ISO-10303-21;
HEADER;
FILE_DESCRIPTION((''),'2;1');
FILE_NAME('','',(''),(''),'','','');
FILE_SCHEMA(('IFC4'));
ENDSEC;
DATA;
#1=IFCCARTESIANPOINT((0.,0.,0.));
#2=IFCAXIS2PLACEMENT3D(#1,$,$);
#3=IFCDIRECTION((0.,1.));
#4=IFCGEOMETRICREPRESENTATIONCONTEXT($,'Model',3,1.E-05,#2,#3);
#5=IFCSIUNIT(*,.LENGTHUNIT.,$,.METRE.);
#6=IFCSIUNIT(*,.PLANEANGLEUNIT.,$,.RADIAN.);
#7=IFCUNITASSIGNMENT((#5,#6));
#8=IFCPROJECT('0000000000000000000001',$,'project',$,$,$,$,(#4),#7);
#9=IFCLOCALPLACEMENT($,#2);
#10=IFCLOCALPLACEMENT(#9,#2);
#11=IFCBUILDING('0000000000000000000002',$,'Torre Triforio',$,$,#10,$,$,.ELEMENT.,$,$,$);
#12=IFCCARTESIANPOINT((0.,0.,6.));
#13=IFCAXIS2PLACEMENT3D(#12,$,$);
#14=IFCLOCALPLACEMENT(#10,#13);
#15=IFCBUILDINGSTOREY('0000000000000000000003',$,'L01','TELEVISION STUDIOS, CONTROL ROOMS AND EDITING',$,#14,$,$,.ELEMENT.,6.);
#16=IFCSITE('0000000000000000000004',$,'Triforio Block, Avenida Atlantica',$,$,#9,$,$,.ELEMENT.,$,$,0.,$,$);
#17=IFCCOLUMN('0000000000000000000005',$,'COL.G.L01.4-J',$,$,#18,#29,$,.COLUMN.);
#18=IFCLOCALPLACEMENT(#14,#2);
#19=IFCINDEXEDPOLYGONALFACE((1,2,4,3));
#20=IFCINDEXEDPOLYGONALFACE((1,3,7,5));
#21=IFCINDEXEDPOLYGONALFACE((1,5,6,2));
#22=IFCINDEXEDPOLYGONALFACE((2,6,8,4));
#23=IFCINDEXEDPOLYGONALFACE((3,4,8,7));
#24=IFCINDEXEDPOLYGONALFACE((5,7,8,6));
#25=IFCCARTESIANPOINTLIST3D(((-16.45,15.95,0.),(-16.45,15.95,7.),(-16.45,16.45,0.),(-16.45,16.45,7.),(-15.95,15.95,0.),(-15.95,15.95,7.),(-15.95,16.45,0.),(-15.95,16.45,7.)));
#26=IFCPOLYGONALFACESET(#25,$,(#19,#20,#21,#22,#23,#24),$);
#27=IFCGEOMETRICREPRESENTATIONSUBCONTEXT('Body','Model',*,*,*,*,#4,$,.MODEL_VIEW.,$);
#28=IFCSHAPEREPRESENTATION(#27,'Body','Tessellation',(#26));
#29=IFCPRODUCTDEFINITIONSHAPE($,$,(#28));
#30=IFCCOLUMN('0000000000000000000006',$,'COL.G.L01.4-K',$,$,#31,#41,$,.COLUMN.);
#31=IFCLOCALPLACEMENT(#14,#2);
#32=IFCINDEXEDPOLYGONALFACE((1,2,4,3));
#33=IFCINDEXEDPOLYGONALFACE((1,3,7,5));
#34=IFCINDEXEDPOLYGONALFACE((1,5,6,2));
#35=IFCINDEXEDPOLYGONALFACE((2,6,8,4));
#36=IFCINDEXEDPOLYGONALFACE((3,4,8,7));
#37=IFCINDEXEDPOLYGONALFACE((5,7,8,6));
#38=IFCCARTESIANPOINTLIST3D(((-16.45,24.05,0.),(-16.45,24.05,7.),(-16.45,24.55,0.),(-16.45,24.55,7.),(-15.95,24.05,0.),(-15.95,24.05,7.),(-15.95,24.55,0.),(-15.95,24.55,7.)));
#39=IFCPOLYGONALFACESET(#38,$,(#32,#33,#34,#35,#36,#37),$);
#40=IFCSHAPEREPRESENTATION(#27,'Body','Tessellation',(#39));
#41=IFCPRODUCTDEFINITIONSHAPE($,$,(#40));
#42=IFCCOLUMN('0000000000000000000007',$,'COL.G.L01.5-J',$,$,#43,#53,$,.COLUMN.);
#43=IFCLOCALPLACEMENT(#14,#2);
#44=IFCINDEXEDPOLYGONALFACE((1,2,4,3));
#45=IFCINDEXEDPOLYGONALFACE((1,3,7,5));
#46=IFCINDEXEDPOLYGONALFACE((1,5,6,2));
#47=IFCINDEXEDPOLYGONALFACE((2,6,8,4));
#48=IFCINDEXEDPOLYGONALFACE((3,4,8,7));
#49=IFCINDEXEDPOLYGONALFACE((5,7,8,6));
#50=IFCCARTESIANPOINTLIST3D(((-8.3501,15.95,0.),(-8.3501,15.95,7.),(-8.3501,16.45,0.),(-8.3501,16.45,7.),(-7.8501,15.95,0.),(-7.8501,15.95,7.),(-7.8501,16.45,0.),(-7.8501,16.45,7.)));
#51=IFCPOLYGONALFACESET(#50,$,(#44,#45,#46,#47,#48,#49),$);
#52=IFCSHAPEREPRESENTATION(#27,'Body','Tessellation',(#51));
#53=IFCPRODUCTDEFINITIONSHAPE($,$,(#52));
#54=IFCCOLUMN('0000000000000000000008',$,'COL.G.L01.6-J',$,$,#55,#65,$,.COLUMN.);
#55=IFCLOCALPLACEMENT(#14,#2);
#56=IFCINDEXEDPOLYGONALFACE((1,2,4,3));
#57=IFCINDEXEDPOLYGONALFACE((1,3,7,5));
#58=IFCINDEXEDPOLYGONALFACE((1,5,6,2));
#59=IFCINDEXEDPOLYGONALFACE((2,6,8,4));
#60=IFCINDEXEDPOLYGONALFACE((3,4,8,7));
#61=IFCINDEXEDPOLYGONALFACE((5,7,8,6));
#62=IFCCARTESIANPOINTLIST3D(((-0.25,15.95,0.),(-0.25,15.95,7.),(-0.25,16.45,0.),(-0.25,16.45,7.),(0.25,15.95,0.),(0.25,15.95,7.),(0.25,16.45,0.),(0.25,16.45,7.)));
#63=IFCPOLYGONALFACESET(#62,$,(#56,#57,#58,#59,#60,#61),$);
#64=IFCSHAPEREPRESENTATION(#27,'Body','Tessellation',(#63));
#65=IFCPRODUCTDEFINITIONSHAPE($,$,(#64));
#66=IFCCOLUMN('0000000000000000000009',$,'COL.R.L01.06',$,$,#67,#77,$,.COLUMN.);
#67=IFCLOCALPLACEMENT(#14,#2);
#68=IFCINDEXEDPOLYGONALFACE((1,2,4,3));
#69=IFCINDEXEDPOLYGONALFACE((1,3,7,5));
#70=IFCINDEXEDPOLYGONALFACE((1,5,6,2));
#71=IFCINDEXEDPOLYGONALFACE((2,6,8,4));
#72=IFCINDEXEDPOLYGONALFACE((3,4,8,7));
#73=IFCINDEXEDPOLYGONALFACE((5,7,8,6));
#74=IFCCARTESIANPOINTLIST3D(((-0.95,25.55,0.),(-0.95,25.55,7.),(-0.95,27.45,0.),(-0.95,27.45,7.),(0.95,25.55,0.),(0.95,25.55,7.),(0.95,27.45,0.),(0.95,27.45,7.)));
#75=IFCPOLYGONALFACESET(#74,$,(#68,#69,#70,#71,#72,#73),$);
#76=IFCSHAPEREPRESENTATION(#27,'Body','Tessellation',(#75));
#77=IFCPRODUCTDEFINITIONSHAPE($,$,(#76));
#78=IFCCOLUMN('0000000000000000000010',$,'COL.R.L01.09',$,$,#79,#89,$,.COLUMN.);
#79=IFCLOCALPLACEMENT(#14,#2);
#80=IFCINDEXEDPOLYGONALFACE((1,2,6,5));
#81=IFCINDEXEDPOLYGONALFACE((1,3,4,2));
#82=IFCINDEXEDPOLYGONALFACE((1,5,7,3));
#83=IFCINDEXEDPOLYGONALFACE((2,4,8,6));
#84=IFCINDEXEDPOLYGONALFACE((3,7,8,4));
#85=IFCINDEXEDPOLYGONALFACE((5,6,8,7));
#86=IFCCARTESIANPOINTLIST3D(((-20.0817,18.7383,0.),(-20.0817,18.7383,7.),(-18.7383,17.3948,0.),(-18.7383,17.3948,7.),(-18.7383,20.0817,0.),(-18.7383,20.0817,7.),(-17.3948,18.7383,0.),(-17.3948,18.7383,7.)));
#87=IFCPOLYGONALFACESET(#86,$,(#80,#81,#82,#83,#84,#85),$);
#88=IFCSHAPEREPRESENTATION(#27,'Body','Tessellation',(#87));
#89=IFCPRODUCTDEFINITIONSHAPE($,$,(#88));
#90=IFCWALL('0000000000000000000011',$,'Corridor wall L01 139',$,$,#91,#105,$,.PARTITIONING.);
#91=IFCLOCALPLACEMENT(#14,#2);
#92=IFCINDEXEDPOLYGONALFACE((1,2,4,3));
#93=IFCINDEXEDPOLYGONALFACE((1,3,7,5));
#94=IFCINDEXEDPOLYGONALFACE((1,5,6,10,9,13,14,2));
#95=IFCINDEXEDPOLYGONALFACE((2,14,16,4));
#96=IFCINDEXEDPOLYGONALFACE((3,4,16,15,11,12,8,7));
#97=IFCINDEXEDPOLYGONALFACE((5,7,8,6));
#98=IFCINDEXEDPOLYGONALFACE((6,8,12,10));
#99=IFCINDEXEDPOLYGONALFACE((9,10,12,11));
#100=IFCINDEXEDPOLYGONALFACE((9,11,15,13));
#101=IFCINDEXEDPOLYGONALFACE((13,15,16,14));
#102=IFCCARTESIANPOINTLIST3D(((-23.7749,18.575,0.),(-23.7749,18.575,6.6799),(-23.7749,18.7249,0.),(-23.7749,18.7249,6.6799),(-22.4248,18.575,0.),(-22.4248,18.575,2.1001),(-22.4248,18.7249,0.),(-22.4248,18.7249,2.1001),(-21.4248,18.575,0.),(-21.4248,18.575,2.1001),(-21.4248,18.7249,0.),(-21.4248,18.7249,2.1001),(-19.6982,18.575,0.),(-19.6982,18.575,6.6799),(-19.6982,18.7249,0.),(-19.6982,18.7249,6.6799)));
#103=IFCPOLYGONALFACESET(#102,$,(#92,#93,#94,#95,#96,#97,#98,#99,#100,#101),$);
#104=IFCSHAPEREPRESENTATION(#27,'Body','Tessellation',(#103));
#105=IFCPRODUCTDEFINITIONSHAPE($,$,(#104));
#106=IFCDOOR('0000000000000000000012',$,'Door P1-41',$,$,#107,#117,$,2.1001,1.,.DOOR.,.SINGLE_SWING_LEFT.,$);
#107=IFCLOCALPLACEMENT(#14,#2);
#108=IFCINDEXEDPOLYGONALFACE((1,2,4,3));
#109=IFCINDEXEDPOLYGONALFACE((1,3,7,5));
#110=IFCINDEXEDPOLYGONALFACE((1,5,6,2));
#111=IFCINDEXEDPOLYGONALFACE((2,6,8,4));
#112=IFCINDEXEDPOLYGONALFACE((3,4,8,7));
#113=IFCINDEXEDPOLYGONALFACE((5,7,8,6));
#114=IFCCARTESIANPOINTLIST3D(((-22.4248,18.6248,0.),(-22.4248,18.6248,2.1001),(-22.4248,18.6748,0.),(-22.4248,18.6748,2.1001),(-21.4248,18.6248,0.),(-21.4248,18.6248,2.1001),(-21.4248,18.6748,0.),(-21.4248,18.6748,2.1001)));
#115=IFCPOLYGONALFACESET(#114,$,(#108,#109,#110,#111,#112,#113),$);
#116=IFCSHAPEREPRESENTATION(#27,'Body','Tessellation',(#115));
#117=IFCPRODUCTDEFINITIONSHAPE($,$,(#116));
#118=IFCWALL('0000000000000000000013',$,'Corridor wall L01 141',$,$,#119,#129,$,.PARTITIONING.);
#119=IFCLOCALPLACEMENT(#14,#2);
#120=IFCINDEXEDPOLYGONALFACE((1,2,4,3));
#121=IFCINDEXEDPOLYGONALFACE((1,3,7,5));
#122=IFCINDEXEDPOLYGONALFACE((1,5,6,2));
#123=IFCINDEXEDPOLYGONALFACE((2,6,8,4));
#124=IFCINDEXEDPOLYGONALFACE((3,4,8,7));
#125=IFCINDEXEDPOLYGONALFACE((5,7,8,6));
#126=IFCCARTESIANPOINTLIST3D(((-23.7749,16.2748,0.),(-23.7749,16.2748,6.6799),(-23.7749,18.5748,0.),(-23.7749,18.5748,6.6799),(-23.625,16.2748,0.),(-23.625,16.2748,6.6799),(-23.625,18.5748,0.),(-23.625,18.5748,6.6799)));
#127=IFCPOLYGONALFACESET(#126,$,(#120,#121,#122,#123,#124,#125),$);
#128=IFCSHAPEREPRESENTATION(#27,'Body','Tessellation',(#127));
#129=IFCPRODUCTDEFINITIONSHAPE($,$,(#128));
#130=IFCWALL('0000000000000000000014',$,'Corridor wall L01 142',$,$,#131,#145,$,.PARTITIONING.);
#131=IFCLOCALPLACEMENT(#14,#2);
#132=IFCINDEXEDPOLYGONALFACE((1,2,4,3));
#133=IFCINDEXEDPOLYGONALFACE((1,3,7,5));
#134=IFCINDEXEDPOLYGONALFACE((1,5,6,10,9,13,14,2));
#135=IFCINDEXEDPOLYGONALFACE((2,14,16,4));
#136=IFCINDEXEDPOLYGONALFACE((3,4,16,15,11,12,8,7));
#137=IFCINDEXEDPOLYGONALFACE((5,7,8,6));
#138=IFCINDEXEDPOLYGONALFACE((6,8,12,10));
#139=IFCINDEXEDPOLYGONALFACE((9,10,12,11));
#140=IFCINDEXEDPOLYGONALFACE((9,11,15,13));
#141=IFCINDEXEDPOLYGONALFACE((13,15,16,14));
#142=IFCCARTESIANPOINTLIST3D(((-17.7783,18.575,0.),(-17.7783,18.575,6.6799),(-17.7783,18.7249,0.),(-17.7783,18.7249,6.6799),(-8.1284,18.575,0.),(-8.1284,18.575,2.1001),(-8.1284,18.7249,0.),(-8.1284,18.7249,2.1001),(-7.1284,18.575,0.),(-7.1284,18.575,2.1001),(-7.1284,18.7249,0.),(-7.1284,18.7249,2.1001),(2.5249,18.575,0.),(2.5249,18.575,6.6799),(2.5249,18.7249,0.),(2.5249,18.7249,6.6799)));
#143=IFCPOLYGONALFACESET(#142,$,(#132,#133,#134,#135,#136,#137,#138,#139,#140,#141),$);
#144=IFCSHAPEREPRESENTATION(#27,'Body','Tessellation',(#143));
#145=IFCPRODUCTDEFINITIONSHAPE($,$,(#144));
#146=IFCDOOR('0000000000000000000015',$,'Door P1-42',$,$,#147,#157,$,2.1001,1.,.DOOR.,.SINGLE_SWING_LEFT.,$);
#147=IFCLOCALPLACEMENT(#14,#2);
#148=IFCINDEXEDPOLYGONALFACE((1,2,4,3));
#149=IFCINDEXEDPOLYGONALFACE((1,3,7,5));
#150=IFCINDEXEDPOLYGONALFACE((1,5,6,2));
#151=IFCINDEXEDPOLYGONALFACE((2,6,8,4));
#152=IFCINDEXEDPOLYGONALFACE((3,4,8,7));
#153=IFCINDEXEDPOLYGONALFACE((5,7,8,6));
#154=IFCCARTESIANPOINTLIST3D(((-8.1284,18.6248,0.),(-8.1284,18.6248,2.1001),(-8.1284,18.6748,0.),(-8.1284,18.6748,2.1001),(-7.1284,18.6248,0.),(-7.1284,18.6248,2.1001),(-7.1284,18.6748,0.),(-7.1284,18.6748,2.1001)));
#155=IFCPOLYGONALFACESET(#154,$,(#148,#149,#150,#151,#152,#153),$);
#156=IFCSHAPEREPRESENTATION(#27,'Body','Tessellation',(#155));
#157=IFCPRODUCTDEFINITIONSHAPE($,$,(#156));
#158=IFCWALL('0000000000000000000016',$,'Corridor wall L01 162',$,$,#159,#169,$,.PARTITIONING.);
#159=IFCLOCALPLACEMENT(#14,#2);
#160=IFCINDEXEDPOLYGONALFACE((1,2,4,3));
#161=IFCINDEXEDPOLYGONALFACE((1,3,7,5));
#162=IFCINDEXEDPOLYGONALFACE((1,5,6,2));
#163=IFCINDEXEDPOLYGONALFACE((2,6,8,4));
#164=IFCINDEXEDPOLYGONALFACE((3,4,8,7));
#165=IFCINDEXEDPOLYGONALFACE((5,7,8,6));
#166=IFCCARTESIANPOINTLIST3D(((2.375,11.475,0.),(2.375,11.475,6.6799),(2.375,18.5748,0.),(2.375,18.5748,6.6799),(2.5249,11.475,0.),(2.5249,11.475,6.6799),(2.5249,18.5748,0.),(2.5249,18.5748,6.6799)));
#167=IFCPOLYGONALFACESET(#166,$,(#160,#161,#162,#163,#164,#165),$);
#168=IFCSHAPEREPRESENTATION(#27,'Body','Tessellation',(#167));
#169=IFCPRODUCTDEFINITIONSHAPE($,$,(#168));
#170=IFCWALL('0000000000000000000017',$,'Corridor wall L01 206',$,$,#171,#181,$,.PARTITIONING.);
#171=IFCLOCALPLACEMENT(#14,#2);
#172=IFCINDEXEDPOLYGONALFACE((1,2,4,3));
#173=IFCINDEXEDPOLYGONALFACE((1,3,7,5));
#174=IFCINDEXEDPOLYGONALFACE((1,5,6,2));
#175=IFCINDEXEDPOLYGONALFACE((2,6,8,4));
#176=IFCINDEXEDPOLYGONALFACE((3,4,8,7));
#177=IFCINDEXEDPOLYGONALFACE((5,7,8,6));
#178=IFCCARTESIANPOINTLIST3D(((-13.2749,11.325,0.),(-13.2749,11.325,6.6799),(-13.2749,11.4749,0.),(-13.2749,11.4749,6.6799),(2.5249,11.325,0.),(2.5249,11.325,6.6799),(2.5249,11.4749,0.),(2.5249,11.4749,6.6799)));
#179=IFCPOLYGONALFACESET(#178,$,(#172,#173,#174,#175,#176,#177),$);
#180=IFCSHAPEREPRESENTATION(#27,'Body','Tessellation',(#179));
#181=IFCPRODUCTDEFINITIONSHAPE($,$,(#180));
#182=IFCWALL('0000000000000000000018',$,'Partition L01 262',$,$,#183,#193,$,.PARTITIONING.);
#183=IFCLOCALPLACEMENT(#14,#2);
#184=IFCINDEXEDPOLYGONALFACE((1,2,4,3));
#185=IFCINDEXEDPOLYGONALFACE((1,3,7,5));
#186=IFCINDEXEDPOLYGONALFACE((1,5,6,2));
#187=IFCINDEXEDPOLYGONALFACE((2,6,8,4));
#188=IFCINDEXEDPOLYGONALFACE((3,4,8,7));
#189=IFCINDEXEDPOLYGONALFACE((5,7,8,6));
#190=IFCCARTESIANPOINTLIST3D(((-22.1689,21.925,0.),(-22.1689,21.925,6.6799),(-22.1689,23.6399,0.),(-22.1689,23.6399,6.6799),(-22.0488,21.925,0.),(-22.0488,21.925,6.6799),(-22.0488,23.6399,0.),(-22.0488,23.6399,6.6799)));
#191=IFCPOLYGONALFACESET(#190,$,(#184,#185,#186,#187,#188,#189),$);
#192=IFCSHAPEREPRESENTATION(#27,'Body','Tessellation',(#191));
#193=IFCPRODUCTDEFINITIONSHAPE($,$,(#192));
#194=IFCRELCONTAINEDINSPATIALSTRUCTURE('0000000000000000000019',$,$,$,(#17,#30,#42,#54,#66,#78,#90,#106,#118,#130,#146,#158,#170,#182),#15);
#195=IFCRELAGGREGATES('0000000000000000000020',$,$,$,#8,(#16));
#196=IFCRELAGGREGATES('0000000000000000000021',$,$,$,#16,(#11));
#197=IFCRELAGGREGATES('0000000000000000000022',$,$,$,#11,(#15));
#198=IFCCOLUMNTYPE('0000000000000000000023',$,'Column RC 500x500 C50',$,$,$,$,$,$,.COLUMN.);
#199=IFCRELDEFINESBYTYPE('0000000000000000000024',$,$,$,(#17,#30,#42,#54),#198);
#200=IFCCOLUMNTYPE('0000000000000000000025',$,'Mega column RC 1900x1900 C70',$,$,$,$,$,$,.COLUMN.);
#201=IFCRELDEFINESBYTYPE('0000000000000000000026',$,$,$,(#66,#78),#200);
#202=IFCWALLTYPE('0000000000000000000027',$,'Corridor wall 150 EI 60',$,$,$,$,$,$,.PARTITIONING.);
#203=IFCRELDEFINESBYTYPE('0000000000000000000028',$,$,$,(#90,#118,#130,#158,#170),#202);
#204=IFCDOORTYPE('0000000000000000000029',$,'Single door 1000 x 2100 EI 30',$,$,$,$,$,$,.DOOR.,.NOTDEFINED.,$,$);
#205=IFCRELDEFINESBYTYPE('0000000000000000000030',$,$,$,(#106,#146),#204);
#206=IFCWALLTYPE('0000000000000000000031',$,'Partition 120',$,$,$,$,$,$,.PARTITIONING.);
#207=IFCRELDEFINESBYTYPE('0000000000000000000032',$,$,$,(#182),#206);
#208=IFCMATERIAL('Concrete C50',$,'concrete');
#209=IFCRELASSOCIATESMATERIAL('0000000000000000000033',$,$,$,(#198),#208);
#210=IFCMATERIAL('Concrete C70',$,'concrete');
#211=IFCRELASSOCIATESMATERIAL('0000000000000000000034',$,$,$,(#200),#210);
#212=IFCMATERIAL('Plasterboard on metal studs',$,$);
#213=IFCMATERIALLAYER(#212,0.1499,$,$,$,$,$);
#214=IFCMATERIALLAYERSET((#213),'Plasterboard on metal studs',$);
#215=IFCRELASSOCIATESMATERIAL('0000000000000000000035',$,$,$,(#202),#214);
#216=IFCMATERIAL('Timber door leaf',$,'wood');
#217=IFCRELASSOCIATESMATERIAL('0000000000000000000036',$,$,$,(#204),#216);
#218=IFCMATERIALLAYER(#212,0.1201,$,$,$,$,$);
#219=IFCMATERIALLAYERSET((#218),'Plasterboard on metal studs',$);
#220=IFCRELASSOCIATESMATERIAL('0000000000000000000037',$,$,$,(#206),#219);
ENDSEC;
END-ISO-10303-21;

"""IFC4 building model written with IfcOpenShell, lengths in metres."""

from ifc_helpers import new_model, si_unit, direction, frame, frame_2d, origin, origin_2d, place, context, subcontext, project, spatial, rectangle, extrude, material, layer, layer_set, material_profile, profile_set, type_object, element, fill, save


model = new_model("IFC4")

# Units and contexts
model_context = context("Model", 3, precision=1e-05, world=origin(), true_north=direction((0.0, 1.0)))
body_context = subcontext(model_context, "Body", "Model", "MODEL_VIEW")
ifc_project = project(units=[si_unit("LENGTHUNIT", "METRE"), si_unit("PLANEANGLEUNIT", "RADIAN")], contexts=[model_context])

# Site, building, storey
site_placement = place(None, origin())
site = spatial("IfcSite", under=ifc_project, at=site_placement, Name="Triforio Block, Avenida Atlantica", CompositionType="ELEMENT", RefElevation=0.0)
building_placement = place(site_placement, origin())
building = spatial("IfcBuilding", under=site, at=building_placement, Name="Torre Triforio", CompositionType="ELEMENT")
storey_placement = place(building_placement, frame((0.0, 0.0, 6.0)))
storey = spatial("IfcBuildingStorey", under=building, at=storey_placement, Name="L01", Description="TELEVISION STUDIOS, CONTROL ROOMS AND EDITING", CompositionType="ELEMENT", Elevation=6.0)

# Columns
ifc_material_1 = material(Name="Concrete C50", Category="concrete")
ifc_material_profile_1 = material_profile(ifc_material_1, rectangle(XDim=0.5, YDim=0.5, at=origin_2d()), Name="RC 500x500")
ifc_profile_set_1 = profile_set([ifc_material_profile_1], Name="Concrete C50")
column_type_1 = type_object("IfcColumnType", Name="Column RC 500x500 C50", PredefinedType="COLUMN", material=ifc_profile_set_1)
for number, where, z_axis, x_axis, name in (
    (1, (-16.2, 16.2, 0.0), (0.0, 0.0, 1.0), (1.0, 0.0, 0.0), "COL.G.L01.4-J"),
    (2, (-16.2, 24.3, 0.0), (0.0, 0.0, 1.0), (1.0, 0.0, 0.0), "COL.G.L01.4-K"),
    (3, (-8.1001, 16.2, 0.0), (0.0, 0.0, 1.0), (1.0, 0.0, 0.0), "COL.G.L01.5-J"),
    (4, (0.0, 16.2, 0.0), (0.0, 0.0, 1.0), (1.0, 0.0, 0.0), "COL.G.L01.6-J"),
):
    element("IfcColumn", number, at=place(storey_placement, frame(where, z_axis=z_axis, x_axis=x_axis)), inside=storey, type_object=column_type_1, Name=name, PredefinedType="COLUMN", context=body_context, shape_type="SweptSolid", body=[
        extrude(rectangle(XDim=0.5, YDim=0.5, at=origin_2d()), origin(), (0.0, 0.0, 1.0), 7.0),
    ])
ifc_material_2 = material(Name="Concrete C70", Category="concrete")
ifc_material_profile_2 = material_profile(ifc_material_2, rectangle(XDim=1.8999, YDim=1.8999, at=origin_2d()), Name="RC 1900x1900")
ifc_profile_set_2 = profile_set([ifc_material_profile_2], Name="Concrete C70")
column_type_2 = type_object("IfcColumnType", Name="Mega column RC 1900x1900 C70", PredefinedType="COLUMN", material=ifc_profile_set_2)
for number, where, z_axis, x_axis, name in (
    (5, (0.0, 26.5, 0.0), (0.0, 0.0, 1.0), (-1.0, 0.0, 0.0), "COL.R.L01.06"),
    (6, (-18.7383, 18.7383, 0.0), (0.0, 0.0, 1.0), (-0.707107, -0.707107, 0.0), "COL.R.L01.09"),
):
    element("IfcColumn", number, at=place(storey_placement, frame(where, z_axis=z_axis, x_axis=x_axis)), inside=storey, type_object=column_type_2, Name=name, PredefinedType="COLUMN", context=body_context, shape_type="SweptSolid", body=[
        extrude(rectangle(XDim=1.8999, YDim=1.8999, at=origin_2d()), origin(), (0.0, 0.0, 1.0), 7.0),
    ])

# Wall, opening, door
ifc_material_3 = material(Name="Plasterboard on metal studs")
ifc_layer_1 = layer(ifc_material_3, 0.1499)
ifc_layer_set_1 = layer_set([ifc_layer_1], Name="Plasterboard on metal studs")
wall_type_1 = type_object("IfcWallType", Name="Corridor wall 150 EI 60", PredefinedType="PARTITIONING", material=ifc_layer_set_1)
wall_1_placement = place(storey_placement, frame((-23.7749, 18.6499, 0.0), z_axis=(0.0, 0.0, 1.0), x_axis=(1.0, 0.0, 0.0)))
wall_1 = element("IfcWall", 7, at=wall_1_placement, inside=storey, type_object=wall_type_1, Name="Corridor wall L01 139", PredefinedType="PARTITIONING", context=body_context, shape_type="SweptSolid", body=[
    extrude(rectangle(XDim=4.0767, YDim=0.1499, at=frame_2d((2.0383, 0.0))), origin(), (0.0, 0.0, 1.0), 6.6799),
])
opening_1_placement = place(wall_1_placement, frame((1.3501, 0.0, 0.0)))
opening_1 = element("IfcOpeningElement", 8, at=opening_1_placement, cuts=wall_1, PredefinedType="OPENING", context=body_context, shape_type="SweptSolid", body=[
    extrude(rectangle(XDim=1.0, YDim=2.1001, at=frame_2d((0.5, 1.05))), frame((0.0, 0.085, 0.0), z_axis=(0.0, -1.0, 0.0), x_axis=(1.0, 0.0, 0.0)), (0.0, 0.0, 1.0), 0.1699),
])
ifc_material_4 = material(Name="Timber door leaf", Category="wood")
door_type_1 = type_object("IfcDoorType", Name="Single door 1000 x 2100 EI 30", OperationType="NOTDEFINED", PredefinedType="DOOR", material=ifc_material_4)
door_1_placement = place(opening_1_placement, origin())
door_1 = element("IfcDoor", 9, at=door_1_placement, inside=storey, type_object=door_type_1, Name="Door P1-41", OperationType="SINGLE_SWING_LEFT", OverallHeight=2.1001, OverallWidth=1.0, PredefinedType="DOOR", context=body_context, shape_type="SweptSolid", body=[
    extrude(rectangle(XDim=1.0, YDim=2.1001, at=frame_2d((0.5, 1.05))), frame((0.0, 0.0249, 0.0), z_axis=(0.0, -1.0, 0.0), x_axis=(1.0, 0.0, 0.0)), (0.0, 0.0, 1.0), 0.05),
])
fill(opening_1, door_1)

# Wall
wall_2_placement = place(storey_placement, frame((-23.7, 16.2749, 0.0), z_axis=(0.0, 0.0, 1.0), x_axis=(0.0, 1.0, 0.0)))
element("IfcWall", 10, at=wall_2_placement, inside=storey, type_object=wall_type_1, Name="Corridor wall L01 141", PredefinedType="PARTITIONING", context=body_context, shape_type="SweptSolid", body=[
    extrude(rectangle(XDim=2.3, YDim=0.1499, at=frame_2d((1.1499, 0.0))), origin(), (0.0, 0.0, 1.0), 6.6799),
])

# Wall, opening, door
wall_3_placement = place(storey_placement, frame((-17.7783, 18.6499, 0.0), z_axis=(0.0, 0.0, 1.0), x_axis=(1.0, 0.0, 0.0)))
wall_3 = element("IfcWall", 11, at=wall_3_placement, inside=storey, type_object=wall_type_1, Name="Corridor wall L01 142", PredefinedType="PARTITIONING", context=body_context, shape_type="SweptSolid", body=[
    extrude(rectangle(XDim=20.3032, YDim=0.1499, at=frame_2d((10.1516, 0.0))), origin(), (0.0, 0.0, 1.0), 6.6799),
])
opening_2_placement = place(wall_3_placement, frame((9.6499, 0.0, 0.0)))
opening_2 = element("IfcOpeningElement", 12, at=opening_2_placement, cuts=wall_3, PredefinedType="OPENING", context=body_context, shape_type="SweptSolid", body=[
    extrude(rectangle(XDim=1.0, YDim=2.1001, at=frame_2d((0.5, 1.05))), frame((0.0, 0.085, 0.0), z_axis=(0.0, -1.0, 0.0), x_axis=(1.0, 0.0, 0.0)), (0.0, 0.0, 1.0), 0.1699),
])
door_2_placement = place(opening_2_placement, origin())
door_2 = element("IfcDoor", 13, at=door_2_placement, inside=storey, type_object=door_type_1, Name="Door P1-42", OperationType="SINGLE_SWING_LEFT", OverallHeight=2.1001, OverallWidth=1.0, PredefinedType="DOOR", context=body_context, shape_type="SweptSolid", body=[
    extrude(rectangle(XDim=1.0, YDim=2.1001, at=frame_2d((0.5, 1.05))), frame((0.0, 0.0249, 0.0), z_axis=(0.0, -1.0, 0.0), x_axis=(1.0, 0.0, 0.0)), (0.0, 0.0, 1.0), 0.05),
])
fill(opening_2, door_2)

# Walls
wall_4_placement = place(storey_placement, frame((2.45, 11.4751, 0.0), z_axis=(0.0, 0.0, 1.0), x_axis=(0.0, 1.0, 0.0)))
element("IfcWall", 14, at=wall_4_placement, inside=storey, type_object=wall_type_1, Name="Corridor wall L01 162", PredefinedType="PARTITIONING", context=body_context, shape_type="SweptSolid", body=[
    extrude(rectangle(XDim=7.0999, YDim=0.1499, at=frame_2d((3.5498, 0.0))), origin(), (0.0, 0.0, 1.0), 6.6799),
])
wall_5_placement = place(storey_placement, frame((-13.2749, 11.3999, 0.0), z_axis=(0.0, 0.0, 1.0), x_axis=(1.0, 0.0, 0.0)))
element("IfcWall", 15, at=wall_5_placement, inside=storey, type_object=wall_type_1, Name="Corridor wall L01 206", PredefinedType="PARTITIONING", context=body_context, shape_type="SweptSolid", body=[
    extrude(rectangle(XDim=15.7998, YDim=0.1499, at=frame_2d((7.8999, 0.0))), origin(), (0.0, 0.0, 1.0), 6.6799),
])
ifc_layer_2 = layer(ifc_material_3, 0.1201)
ifc_layer_set_2 = layer_set([ifc_layer_2], Name="Plasterboard on metal studs")
wall_type_2 = type_object("IfcWallType", Name="Partition 120", PredefinedType="PARTITIONING", material=ifc_layer_set_2)
wall_6_placement = place(storey_placement, frame((-22.1089, 21.925, 0.0), z_axis=(0.0, 0.0, 1.0), x_axis=(0.0, 1.0, 0.0)))
element("IfcWall", 16, at=wall_6_placement, inside=storey, type_object=wall_type_2, Name="Partition L01 262", PredefinedType="PARTITIONING", context=body_context, shape_type="SweptSolid", body=[
    extrude(rectangle(XDim=1.7148, YDim=0.1201, at=frame_2d((0.8574, 0.0))), origin(), (0.0, 0.0, 1.0), 6.6799),
])

save(model, "model.ifc")
